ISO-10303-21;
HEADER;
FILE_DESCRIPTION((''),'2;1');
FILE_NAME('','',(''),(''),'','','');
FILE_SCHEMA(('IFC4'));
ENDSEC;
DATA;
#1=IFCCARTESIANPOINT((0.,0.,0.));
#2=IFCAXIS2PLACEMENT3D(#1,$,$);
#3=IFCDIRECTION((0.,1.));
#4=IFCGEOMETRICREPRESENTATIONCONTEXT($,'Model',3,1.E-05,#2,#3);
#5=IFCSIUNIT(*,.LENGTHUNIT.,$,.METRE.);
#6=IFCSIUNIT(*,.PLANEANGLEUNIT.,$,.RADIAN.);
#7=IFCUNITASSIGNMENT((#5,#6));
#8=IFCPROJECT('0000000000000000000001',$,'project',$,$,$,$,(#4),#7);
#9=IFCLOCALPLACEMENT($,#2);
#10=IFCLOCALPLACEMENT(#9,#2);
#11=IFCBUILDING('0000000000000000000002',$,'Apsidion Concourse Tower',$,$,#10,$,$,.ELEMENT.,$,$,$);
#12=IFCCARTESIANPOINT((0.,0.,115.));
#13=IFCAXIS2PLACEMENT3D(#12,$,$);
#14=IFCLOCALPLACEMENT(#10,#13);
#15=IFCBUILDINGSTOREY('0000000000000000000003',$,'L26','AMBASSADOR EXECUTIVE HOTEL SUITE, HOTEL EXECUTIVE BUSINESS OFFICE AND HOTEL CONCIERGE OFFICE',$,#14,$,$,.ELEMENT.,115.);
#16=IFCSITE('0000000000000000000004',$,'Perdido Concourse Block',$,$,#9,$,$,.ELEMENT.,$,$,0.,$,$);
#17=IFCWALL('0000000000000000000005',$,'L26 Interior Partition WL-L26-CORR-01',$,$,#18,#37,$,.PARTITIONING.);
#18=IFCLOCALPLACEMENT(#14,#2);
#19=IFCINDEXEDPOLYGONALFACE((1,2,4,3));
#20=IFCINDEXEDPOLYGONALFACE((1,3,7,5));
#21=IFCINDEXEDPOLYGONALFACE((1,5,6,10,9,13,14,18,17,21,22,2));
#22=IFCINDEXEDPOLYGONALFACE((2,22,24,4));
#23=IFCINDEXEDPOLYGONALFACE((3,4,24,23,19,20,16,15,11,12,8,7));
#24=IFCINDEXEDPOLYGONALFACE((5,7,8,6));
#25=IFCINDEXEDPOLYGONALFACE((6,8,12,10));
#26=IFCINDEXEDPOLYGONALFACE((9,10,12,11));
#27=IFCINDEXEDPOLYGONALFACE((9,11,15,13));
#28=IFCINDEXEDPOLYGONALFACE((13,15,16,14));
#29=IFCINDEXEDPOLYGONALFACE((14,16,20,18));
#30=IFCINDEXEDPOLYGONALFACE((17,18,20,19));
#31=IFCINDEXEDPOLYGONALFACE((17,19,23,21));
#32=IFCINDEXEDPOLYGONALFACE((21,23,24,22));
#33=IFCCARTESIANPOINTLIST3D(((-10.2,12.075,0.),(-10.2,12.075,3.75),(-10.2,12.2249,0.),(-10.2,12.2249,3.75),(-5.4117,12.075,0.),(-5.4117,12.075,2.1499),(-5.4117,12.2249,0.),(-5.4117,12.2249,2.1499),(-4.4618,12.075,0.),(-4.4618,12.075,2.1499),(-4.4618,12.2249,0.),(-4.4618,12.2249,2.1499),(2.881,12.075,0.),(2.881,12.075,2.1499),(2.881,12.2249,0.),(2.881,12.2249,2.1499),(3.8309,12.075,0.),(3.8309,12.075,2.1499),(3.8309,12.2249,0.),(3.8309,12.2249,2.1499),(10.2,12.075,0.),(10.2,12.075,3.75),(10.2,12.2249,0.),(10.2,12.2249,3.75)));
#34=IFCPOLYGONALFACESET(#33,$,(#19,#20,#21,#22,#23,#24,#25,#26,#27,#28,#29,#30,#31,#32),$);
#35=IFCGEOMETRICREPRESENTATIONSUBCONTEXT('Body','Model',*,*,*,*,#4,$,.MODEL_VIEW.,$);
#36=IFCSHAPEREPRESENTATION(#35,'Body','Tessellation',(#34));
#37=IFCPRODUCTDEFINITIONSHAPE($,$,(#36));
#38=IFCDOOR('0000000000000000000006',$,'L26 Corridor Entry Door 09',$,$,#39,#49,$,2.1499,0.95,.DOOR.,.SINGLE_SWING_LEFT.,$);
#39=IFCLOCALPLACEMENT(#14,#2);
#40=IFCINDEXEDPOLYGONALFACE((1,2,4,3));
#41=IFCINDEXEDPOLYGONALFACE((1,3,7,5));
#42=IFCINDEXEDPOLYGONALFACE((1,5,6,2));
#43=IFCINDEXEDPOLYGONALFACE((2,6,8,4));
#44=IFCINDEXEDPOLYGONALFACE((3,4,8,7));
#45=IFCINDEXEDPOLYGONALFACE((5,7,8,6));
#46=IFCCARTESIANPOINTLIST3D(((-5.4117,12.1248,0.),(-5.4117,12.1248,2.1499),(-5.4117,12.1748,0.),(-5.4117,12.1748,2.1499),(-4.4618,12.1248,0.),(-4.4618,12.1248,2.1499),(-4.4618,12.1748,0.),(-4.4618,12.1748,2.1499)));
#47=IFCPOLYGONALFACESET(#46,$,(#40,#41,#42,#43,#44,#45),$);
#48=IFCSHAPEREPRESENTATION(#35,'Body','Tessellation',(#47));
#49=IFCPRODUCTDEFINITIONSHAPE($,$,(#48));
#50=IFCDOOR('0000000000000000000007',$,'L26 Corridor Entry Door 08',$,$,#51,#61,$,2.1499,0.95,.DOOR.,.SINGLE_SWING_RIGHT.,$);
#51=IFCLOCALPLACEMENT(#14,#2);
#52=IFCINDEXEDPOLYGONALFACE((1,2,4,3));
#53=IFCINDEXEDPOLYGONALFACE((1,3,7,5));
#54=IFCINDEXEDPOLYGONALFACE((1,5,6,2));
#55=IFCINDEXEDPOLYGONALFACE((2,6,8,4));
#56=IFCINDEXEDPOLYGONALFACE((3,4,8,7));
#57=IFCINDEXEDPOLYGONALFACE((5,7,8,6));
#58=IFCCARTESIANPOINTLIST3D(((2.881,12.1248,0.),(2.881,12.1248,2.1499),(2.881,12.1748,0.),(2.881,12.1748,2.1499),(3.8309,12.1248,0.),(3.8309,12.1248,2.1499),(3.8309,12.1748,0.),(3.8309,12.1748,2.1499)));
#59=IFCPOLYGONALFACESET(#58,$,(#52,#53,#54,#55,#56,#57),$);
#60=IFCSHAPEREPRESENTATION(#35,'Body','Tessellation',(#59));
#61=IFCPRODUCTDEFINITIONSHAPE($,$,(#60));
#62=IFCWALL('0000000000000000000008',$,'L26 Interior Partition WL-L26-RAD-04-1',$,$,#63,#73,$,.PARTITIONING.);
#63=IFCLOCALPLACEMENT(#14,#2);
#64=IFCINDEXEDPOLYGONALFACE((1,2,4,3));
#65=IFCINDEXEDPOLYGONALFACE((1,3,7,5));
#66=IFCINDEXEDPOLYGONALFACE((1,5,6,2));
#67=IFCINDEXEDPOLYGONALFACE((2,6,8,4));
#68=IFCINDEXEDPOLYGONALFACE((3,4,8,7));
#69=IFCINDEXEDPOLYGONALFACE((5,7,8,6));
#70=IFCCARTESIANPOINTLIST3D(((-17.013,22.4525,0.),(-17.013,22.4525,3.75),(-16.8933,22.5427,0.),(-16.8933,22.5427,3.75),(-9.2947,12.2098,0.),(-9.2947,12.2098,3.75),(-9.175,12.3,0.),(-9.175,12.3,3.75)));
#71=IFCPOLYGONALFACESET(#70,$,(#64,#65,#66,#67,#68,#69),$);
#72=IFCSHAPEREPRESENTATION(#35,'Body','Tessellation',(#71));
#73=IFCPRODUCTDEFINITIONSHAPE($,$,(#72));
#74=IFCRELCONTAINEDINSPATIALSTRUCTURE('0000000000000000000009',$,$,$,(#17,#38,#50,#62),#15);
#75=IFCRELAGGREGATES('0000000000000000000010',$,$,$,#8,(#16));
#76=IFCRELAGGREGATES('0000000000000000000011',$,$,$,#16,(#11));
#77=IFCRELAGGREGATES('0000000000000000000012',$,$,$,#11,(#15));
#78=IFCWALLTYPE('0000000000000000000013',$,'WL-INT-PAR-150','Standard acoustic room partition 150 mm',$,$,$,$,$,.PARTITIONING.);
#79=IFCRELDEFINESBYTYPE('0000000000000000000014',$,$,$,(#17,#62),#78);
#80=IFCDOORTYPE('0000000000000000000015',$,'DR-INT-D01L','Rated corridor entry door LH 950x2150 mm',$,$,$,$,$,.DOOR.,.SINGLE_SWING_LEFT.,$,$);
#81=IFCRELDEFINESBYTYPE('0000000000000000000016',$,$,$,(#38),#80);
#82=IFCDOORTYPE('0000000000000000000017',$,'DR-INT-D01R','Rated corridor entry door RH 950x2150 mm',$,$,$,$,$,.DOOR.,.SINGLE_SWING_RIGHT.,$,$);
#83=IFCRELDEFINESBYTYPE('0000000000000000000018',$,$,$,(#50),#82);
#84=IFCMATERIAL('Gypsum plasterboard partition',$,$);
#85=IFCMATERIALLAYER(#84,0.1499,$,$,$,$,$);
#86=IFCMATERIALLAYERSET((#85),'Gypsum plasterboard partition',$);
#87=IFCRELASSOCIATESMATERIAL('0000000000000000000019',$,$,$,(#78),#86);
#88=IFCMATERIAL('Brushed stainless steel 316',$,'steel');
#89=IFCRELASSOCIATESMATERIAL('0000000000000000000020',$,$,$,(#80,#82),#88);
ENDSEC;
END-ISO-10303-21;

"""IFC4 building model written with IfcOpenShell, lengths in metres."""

from ifc_helpers import new_model, si_unit, direction, frame, frame_2d, origin, place, context, subcontext, project, spatial, rectangle, extrude, material, layer, layer_set, type_object, element, fill, save


model = new_model("IFC4")

# Units and contexts
model_context = context("Model", 3, precision=1e-05, world=origin(), true_north=direction((0.0, 1.0)))
body_context = subcontext(model_context, "Body", "Model", "MODEL_VIEW")
ifc_project = project(units=[si_unit("LENGTHUNIT", "METRE"), si_unit("PLANEANGLEUNIT", "RADIAN")], contexts=[model_context])

# Site, building, storey
site_placement = place(None, origin())
site = spatial("IfcSite", under=ifc_project, at=site_placement, Name="Perdido Concourse Block", CompositionType="ELEMENT", RefElevation=0.0)
building_placement = place(site_placement, origin())
building = spatial("IfcBuilding", under=site, at=building_placement, Name="Apsidion Concourse Tower", CompositionType="ELEMENT")
storey_placement = place(building_placement, frame((0.0, 0.0, 115.0)))
storey = spatial("IfcBuildingStorey", under=building, at=storey_placement, Name="L26", Description="AMBASSADOR EXECUTIVE HOTEL SUITE, HOTEL EXECUTIVE BUSINESS OFFICE AND HOTEL CONCIERGE OFFICE", CompositionType="ELEMENT", Elevation=115.0)

# Shared definitions
ifc_material_1 = material(Name="Gypsum plasterboard partition")

# Wall, openings, doors
ifc_layer_1 = layer(ifc_material_1, 0.1499)
ifc_layer_set_1 = layer_set([ifc_layer_1], Name="Gypsum plasterboard partition")
wall_type_1 = type_object("IfcWallType", Name="WL-INT-PAR-150", Description="Standard acoustic room partition 150 mm", PredefinedType="PARTITIONING", material=ifc_layer_set_1)
wall_1_placement = place(storey_placement, frame((-10.2, 12.1499, 0.0), z_axis=(0.0, 0.0, 1.0), x_axis=(1.0, 0.0, 0.0)))
wall_1 = element("IfcWall", 1, at=wall_1_placement, inside=storey, type_object=wall_type_1, Name="L26 Interior Partition WL-L26-CORR-01", PredefinedType="PARTITIONING", context=body_context, shape_type="SweptSolid", body=[
    extrude(rectangle(XDim=20.3999, YDim=0.1499, at=frame_2d((10.2, 0.0))), origin(), (0.0, 0.0, 1.0), 3.75),
])
opening_1_placement = place(wall_1_placement, frame((13.0808, 0.0, 0.0)))
opening_1 = element("IfcOpeningElement", 2, at=opening_1_placement, cuts=wall_1, PredefinedType="OPENING", context=body_context, shape_type="SweptSolid", body=[
    extrude(rectangle(XDim=0.95, YDim=2.1499, at=frame_2d((0.4751, 1.075))), frame((0.0, 0.085, 0.0), z_axis=(0.0, -1.0, 0.0), x_axis=(1.0, 0.0, 0.0)), (0.0, 0.0, 1.0), 0.1699),
])
opening_2_placement = place(wall_1_placement, frame((4.7881, 0.0, 0.0)))
opening_2 = element("IfcOpeningElement", 3, at=opening_2_placement, cuts=wall_1, PredefinedType="OPENING", context=body_context, shape_type="SweptSolid", body=[
    extrude(rectangle(XDim=0.95, YDim=2.1499, at=frame_2d((0.4751, 1.075))), frame((0.0, 0.085, 0.0), z_axis=(0.0, -1.0, 0.0), x_axis=(1.0, 0.0, 0.0)), (0.0, 0.0, 1.0), 0.1699),
])
ifc_material_2 = material(Name="Brushed stainless steel 316", Category="steel")
door_type_1 = type_object("IfcDoorType", Name="DR-INT-D01L", Description="Rated corridor entry door LH 950x2150 mm", OperationType="SINGLE_SWING_LEFT", PredefinedType="DOOR", material=ifc_material_2)
door_1_placement = place(opening_2_placement, origin())
door_1 = element("IfcDoor", 4, at=door_1_placement, inside=storey, type_object=door_type_1, Name="L26 Corridor Entry Door 09", OperationType="SINGLE_SWING_LEFT", OverallHeight=2.1499, OverallWidth=0.95, PredefinedType="DOOR", context=body_context, shape_type="SweptSolid", body=[
    extrude(rectangle(XDim=0.95, YDim=2.1499, at=frame_2d((0.4751, 1.075))), frame((0.0, 0.0249, 0.0), z_axis=(0.0, -1.0, 0.0), x_axis=(1.0, 0.0, 0.0)), (0.0, 0.0, 1.0), 0.05),
])
fill(opening_2, door_1)
door_type_2 = type_object("IfcDoorType", Name="DR-INT-D01R", Description="Rated corridor entry door RH 950x2150 mm", OperationType="SINGLE_SWING_RIGHT", PredefinedType="DOOR", material=ifc_material_2)
door_2_placement = place(opening_1_placement, origin())
door_2 = element("IfcDoor", 5, at=door_2_placement, inside=storey, type_object=door_type_2, Name="L26 Corridor Entry Door 08", OperationType="SINGLE_SWING_RIGHT", OverallHeight=2.1499, OverallWidth=0.95, PredefinedType="DOOR", context=body_context, shape_type="SweptSolid", body=[
    extrude(rectangle(XDim=0.95, YDim=2.1499, at=frame_2d((0.4751, 1.075))), frame((0.0, 0.0249, 0.0), z_axis=(0.0, -1.0, 0.0), x_axis=(1.0, 0.0, 0.0)), (0.0, 0.0, 1.0), 0.05),
])
fill(opening_1, door_2)

# Wall
wall_2_placement = place(storey_placement, frame((-9.2349, 12.2549, 0.0), z_axis=(0.0, 0.0, 1.0), x_axis=(-0.601808, 0.798641, 0.0)))
element("IfcWall", 6, at=wall_2_placement, inside=storey, type_object=wall_type_1, Name="L26 Interior Partition WL-L26-RAD-04-1", PredefinedType="PARTITIONING", context=body_context, shape_type="SweptSolid", body=[
    extrude(rectangle(XDim=12.8252, YDim=0.1499, at=frame_2d((6.4126, 0.0))), origin(), (0.0, 0.0, 1.0), 3.75),
])

save(model, "model.ifc")
